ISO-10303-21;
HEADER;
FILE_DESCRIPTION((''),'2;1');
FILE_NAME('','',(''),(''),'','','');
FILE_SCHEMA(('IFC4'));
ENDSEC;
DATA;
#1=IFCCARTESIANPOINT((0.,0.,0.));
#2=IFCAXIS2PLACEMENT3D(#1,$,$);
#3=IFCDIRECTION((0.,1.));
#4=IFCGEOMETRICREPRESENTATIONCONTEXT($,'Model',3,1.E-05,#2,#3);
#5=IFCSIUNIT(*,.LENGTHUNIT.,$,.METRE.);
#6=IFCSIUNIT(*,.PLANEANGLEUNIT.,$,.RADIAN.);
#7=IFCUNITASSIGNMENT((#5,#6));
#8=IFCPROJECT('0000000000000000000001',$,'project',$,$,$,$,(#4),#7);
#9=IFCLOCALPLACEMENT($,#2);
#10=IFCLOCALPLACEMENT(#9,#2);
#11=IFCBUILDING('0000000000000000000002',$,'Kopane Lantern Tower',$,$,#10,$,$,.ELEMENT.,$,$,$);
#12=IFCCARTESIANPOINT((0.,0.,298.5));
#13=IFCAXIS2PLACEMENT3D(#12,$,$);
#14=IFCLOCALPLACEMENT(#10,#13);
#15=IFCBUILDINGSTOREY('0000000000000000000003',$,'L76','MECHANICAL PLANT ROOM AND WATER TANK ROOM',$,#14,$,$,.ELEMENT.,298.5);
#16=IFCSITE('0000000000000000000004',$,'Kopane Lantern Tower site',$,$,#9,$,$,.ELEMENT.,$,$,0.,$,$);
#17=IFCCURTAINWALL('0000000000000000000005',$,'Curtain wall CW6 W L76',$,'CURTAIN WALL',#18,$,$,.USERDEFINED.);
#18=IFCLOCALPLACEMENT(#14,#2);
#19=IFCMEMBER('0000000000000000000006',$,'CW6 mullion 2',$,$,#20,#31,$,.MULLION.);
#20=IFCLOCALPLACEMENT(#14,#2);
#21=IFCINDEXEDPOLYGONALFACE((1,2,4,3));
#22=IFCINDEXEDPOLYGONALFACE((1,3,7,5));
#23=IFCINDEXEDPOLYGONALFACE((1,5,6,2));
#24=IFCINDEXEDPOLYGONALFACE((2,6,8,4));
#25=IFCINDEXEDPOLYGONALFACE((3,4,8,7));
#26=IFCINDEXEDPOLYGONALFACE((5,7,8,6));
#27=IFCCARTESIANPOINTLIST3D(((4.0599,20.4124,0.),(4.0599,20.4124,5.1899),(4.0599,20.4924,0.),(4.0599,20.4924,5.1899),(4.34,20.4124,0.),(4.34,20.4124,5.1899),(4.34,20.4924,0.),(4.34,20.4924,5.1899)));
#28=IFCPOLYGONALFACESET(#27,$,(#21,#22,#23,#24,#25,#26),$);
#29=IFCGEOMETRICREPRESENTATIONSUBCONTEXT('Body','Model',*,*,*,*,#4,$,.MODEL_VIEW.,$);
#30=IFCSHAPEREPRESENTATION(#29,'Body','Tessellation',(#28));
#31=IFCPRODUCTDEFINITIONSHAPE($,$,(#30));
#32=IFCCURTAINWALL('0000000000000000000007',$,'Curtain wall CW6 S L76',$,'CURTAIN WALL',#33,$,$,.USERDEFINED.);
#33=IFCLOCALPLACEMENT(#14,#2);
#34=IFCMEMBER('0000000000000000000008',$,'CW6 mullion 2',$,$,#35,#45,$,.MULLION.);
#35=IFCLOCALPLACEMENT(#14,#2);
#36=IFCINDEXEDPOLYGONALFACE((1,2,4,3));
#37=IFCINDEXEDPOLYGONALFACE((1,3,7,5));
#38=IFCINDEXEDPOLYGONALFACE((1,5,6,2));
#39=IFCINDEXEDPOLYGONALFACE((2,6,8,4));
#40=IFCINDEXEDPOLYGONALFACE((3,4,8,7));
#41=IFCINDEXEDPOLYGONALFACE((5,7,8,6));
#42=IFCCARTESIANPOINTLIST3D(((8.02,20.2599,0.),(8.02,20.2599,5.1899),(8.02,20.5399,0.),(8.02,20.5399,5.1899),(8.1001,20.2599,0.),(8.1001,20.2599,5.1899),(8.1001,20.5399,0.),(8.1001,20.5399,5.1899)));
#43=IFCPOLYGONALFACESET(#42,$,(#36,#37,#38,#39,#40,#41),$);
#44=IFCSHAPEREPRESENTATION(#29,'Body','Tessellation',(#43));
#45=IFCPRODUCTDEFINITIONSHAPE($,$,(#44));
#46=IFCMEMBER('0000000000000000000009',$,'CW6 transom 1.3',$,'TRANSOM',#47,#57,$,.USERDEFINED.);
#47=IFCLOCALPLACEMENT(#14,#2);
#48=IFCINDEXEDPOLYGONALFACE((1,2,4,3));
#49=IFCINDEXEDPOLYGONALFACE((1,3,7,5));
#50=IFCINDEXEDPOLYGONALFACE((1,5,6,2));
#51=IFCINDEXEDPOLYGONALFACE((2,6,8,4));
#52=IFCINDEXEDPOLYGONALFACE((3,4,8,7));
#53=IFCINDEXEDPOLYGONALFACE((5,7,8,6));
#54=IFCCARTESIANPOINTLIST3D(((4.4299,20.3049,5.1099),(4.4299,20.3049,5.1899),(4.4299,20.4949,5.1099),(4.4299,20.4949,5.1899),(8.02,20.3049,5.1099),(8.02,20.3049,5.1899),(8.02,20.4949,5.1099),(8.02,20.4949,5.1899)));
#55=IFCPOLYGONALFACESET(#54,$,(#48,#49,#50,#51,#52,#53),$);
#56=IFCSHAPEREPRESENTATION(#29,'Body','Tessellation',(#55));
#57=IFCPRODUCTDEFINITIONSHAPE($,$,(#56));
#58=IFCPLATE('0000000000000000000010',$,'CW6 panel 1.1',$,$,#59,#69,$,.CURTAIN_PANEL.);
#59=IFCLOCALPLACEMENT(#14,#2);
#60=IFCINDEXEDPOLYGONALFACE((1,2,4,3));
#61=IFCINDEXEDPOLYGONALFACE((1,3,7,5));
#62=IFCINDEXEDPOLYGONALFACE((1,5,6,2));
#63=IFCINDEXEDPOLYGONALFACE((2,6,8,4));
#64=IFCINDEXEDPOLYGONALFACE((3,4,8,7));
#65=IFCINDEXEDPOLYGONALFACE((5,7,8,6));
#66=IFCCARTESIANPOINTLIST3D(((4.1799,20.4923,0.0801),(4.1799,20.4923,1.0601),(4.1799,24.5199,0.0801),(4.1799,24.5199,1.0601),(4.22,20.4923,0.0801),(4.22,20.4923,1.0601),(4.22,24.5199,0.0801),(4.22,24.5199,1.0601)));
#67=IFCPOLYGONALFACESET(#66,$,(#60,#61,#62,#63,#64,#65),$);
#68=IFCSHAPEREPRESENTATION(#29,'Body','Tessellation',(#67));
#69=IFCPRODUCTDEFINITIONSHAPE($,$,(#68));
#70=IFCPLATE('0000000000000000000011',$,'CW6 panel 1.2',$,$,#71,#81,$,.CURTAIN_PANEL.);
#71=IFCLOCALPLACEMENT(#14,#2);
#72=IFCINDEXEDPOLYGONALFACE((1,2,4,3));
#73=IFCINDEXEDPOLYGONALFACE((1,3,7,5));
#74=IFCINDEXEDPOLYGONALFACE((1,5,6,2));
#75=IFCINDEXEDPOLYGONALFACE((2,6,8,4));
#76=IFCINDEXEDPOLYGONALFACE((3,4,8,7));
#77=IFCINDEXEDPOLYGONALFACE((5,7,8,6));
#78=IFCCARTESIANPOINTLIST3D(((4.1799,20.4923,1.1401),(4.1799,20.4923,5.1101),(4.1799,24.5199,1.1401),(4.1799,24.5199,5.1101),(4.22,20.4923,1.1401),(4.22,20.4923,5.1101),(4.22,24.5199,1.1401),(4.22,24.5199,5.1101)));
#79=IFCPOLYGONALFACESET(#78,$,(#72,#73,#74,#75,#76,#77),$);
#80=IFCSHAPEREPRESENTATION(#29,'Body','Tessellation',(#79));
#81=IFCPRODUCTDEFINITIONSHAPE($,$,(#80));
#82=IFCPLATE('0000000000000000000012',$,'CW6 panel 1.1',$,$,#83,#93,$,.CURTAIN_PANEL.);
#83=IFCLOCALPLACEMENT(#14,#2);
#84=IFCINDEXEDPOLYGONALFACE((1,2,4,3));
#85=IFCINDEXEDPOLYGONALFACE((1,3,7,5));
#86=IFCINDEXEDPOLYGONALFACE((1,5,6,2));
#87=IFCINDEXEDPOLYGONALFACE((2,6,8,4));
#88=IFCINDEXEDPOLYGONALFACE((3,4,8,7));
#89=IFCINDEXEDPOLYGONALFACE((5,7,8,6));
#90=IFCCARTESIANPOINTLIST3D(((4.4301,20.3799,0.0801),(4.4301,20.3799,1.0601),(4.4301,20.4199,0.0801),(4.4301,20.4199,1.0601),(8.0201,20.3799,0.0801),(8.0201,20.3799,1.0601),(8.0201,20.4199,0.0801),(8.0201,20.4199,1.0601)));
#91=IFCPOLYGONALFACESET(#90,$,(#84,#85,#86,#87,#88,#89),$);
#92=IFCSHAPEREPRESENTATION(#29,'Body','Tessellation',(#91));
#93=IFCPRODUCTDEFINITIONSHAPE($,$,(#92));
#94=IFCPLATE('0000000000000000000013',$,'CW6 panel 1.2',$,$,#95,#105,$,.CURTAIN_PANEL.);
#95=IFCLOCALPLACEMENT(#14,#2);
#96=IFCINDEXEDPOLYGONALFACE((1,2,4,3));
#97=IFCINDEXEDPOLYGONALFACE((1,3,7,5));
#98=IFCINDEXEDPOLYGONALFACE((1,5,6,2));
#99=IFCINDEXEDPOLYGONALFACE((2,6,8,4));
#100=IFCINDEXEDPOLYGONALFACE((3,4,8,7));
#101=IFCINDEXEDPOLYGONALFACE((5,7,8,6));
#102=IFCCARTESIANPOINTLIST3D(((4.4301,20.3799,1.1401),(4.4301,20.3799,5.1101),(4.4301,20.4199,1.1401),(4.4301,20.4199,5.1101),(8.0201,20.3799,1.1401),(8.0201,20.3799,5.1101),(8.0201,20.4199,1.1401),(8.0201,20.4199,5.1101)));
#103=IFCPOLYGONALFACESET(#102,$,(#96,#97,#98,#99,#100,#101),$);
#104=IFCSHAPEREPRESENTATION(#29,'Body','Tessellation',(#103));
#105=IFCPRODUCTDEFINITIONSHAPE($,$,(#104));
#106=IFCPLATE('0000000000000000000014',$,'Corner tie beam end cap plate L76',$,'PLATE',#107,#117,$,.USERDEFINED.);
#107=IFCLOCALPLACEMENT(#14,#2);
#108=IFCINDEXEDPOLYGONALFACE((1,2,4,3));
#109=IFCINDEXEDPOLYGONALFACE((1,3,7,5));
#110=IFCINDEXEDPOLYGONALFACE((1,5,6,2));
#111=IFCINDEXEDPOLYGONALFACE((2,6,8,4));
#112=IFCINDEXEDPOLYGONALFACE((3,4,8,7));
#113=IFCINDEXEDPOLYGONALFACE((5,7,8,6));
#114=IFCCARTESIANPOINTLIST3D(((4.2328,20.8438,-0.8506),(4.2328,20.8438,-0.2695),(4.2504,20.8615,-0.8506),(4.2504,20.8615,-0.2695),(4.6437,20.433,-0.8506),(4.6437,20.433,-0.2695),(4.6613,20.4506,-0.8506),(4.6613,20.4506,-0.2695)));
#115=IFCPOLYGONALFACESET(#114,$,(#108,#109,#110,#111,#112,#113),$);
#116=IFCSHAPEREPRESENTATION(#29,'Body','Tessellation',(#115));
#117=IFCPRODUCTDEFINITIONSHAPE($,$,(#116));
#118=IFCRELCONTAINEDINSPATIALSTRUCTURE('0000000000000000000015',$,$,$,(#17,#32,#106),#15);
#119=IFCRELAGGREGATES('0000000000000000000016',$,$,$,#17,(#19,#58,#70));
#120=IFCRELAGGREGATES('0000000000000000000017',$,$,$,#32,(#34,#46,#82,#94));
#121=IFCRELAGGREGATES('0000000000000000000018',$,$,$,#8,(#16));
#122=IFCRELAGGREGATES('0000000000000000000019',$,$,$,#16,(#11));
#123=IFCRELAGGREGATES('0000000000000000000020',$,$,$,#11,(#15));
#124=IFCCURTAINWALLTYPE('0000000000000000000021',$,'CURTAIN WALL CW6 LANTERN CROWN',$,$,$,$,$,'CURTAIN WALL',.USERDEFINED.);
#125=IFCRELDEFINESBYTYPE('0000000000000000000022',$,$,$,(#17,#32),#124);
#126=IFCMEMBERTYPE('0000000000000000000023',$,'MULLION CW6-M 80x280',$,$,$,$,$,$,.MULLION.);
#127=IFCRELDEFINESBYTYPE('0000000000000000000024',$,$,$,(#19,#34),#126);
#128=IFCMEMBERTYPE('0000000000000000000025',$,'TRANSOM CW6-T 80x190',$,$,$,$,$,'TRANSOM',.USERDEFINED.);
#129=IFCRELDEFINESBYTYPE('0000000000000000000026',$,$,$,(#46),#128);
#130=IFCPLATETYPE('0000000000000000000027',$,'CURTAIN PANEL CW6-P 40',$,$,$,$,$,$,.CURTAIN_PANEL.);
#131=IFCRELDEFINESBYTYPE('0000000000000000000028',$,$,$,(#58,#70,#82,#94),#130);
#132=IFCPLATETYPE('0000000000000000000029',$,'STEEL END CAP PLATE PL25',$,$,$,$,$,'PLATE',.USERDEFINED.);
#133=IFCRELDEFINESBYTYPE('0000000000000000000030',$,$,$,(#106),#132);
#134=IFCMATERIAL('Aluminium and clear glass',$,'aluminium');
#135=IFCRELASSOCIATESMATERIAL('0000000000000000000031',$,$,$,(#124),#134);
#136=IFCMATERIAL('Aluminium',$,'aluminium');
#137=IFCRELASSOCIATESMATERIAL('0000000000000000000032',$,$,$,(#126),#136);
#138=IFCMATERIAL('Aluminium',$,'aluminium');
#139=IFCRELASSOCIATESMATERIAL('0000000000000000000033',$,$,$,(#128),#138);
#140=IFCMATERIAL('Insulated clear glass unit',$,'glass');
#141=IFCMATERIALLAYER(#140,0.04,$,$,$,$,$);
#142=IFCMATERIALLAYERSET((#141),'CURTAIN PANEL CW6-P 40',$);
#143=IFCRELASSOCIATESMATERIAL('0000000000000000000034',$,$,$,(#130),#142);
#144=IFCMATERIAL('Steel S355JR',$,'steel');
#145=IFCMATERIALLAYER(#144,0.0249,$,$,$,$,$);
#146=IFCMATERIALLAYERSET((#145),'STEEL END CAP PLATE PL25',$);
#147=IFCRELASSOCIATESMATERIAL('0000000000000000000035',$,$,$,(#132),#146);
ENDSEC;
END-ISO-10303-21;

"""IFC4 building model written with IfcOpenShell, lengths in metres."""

from ifc_helpers import new_model, si_unit, direction, frame, origin, origin_2d, place, context, subcontext, project, spatial, rectangle, extrude, material, layer, layer_set, material_profile, profile_set, type_object, element, aggregate, save


model = new_model("IFC4")

# Units and contexts
model_context = context("Model", 3, precision=1e-05, world=origin(), true_north=direction((0.0, 1.0)))
body_context = subcontext(model_context, "Body", "Model", "MODEL_VIEW")
ifc_project = project(units=[si_unit("LENGTHUNIT", "METRE"), si_unit("PLANEANGLEUNIT", "RADIAN")], contexts=[model_context])

# Site, building, storey
site_placement = place(None, origin())
site = spatial("IfcSite", under=ifc_project, at=site_placement, Name="Kopane Lantern Tower site", CompositionType="ELEMENT", RefElevation=0.0)
building_placement = place(site_placement, origin())
building = spatial("IfcBuilding", under=site, at=building_placement, Name="Kopane Lantern Tower", CompositionType="ELEMENT")
storey_placement = place(building_placement, frame((0.0, 0.0, 298.5)))
storey = spatial("IfcBuildingStorey", under=building, at=storey_placement, Name="L76", Description="MECHANICAL PLANT ROOM AND WATER TANK ROOM", CompositionType="ELEMENT", Elevation=298.5)

# Curtain wall, member
ifc_material_1 = material(Name="Aluminium and clear glass", Category="aluminium")
curtain_wall_type = type_object("IfcCurtainWallType", Name="CURTAIN WALL CW6 LANTERN CROWN", ElementType="CURTAIN WALL", PredefinedType="USERDEFINED", material=ifc_material_1)
curtain_wall_1_placement = place(storey_placement, origin())
curtain_wall_1 = element("IfcCurtainWall", 1, at=curtain_wall_1_placement, inside=storey, type_object=curtain_wall_type, Name="Curtain wall CW6 W L76", ObjectType="CURTAIN WALL", PredefinedType="USERDEFINED")
ifc_material_2 = material(Name="Aluminium", Category="aluminium")
ifc_material_profile_1 = material_profile(ifc_material_2, rectangle(XDim=0.0801, YDim=0.28, at=origin_2d()), Name="AL 80x280")
ifc_profile_set_1 = profile_set([ifc_material_profile_1], Name="Aluminium")
member_type_1 = type_object("IfcMemberType", Name="MULLION CW6-M 80x280", PredefinedType="MULLION", material=ifc_profile_set_1)
member_1_placement = place(storey_placement, frame((4.2, 20.4524, 0.0), z_axis=(0.0, 0.0, 1.0), x_axis=(0.0, -1.0, 0.0)))
member_1 = element("IfcMember", 2, at=member_1_placement, type_object=member_type_1, Name="CW6 mullion 2", PredefinedType="MULLION", context=body_context, shape_type="SweptSolid", body=[
    extrude(rectangle(XDim=0.0801, YDim=0.28, at=origin_2d()), origin(), (0.0, 0.0, 1.0), 5.1899),
])

# Curtain wall, members
curtain_wall_2_placement = place(storey_placement, origin())
curtain_wall_2 = element("IfcCurtainWall", 3, at=curtain_wall_2_placement, inside=storey, type_object=curtain_wall_type, Name="Curtain wall CW6 S L76", ObjectType="CURTAIN WALL", PredefinedType="USERDEFINED")
member_2_placement = place(storey_placement, frame((8.0601, 20.3999, 0.0), z_axis=(0.0, 0.0, 1.0), x_axis=(1.0, 0.0, 0.0)))
member_2 = element("IfcMember", 4, at=member_2_placement, type_object=member_type_1, Name="CW6 mullion 2", PredefinedType="MULLION", context=body_context, shape_type="SweptSolid", body=[
    extrude(rectangle(XDim=0.0801, YDim=0.28, at=origin_2d()), origin(), (0.0, 0.0, 1.0), 5.1899),
])
ifc_material_3 = material(Name="Aluminium", Category="aluminium")
ifc_material_profile_2 = material_profile(ifc_material_3, rectangle(XDim=0.1899, YDim=0.0801, at=origin_2d()), Name="AL 190x80")
ifc_profile_set_2 = profile_set([ifc_material_profile_2], Name="Aluminium")
member_type_2 = type_object("IfcMemberType", Name="TRANSOM CW6-T 80x190", ElementType="TRANSOM", PredefinedType="USERDEFINED", material=ifc_profile_set_2)
member_3_placement = place(storey_placement, frame((4.4299, 20.3999, 5.1499), z_axis=(1.0, 0.0, 0.0), x_axis=(0.0, 1.0, 0.0)))
member_3 = element("IfcMember", 5, at=member_3_placement, type_object=member_type_2, Name="CW6 transom 1.3", ObjectType="TRANSOM", PredefinedType="USERDEFINED", context=body_context, shape_type="SweptSolid", body=[
    extrude(rectangle(XDim=0.1899, YDim=0.0801, at=origin_2d()), origin(), (0.0, 0.0, 1.0), 3.5901),
])

# Plates
ifc_material_4 = material(Name="Insulated clear glass unit", Category="glass")
ifc_layer_1 = layer(ifc_material_4, 0.04)
ifc_layer_set_1 = layer_set([ifc_layer_1], Name="CURTAIN PANEL CW6-P 40")
plate_type_1 = type_object("IfcPlateType", Name="CURTAIN PANEL CW6-P 40", PredefinedType="CURTAIN_PANEL", material=ifc_layer_set_1)
plate_1_placement = place(storey_placement, frame((4.2, 22.5061, 0.0801), z_axis=(0.0, 0.0, 1.0), x_axis=(0.0, -1.0, 0.0)))
plate_1 = element("IfcPlate", 6, at=plate_1_placement, type_object=plate_type_1, Name="CW6 panel 1.1", PredefinedType="CURTAIN_PANEL", context=body_context, shape_type="SweptSolid", body=[
    extrude(rectangle(XDim=4.0276, YDim=0.04, at=origin_2d()), origin(), (0.0, 0.0, 1.0), 0.98),
])
plate_2_placement = place(storey_placement, frame((4.2, 22.5061, 1.1401), z_axis=(0.0, 0.0, 1.0), x_axis=(0.0, -1.0, 0.0)))
plate_2 = element("IfcPlate", 7, at=plate_2_placement, type_object=plate_type_1, Name="CW6 panel 1.2", PredefinedType="CURTAIN_PANEL", context=body_context, shape_type="SweptSolid", body=[
    extrude(rectangle(XDim=4.0276, YDim=0.04, at=origin_2d()), origin(), (0.0, 0.0, 1.0), 3.97),
])
aggregate(curtain_wall_1, [member_1, plate_1, plate_2])
plate_3_placement = place(storey_placement, frame((6.2251, 20.3999, 0.0801), z_axis=(0.0, 0.0, 1.0), x_axis=(1.0, 0.0, 0.0)))
plate_3 = element("IfcPlate", 8, at=plate_3_placement, type_object=plate_type_1, Name="CW6 panel 1.1", PredefinedType="CURTAIN_PANEL", context=body_context, shape_type="SweptSolid", body=[
    extrude(rectangle(XDim=3.5901, YDim=0.04, at=origin_2d()), origin(), (0.0, 0.0, 1.0), 0.98),
])
plate_4_placement = place(storey_placement, frame((6.2251, 20.3999, 1.1401), z_axis=(0.0, 0.0, 1.0), x_axis=(1.0, 0.0, 0.0)))
plate_4 = element("IfcPlate", 9, at=plate_4_placement, type_object=plate_type_1, Name="CW6 panel 1.2", PredefinedType="CURTAIN_PANEL", context=body_context, shape_type="SweptSolid", body=[
    extrude(rectangle(XDim=3.5901, YDim=0.04, at=origin_2d()), origin(), (0.0, 0.0, 1.0), 3.97),
])
aggregate(curtain_wall_2, [member_2, member_3, plate_3, plate_4])
ifc_material_5 = material(Name="Steel S355JR", Category="steel")
ifc_layer_2 = layer(ifc_material_5, 0.0249)
ifc_layer_set_2 = layer_set([ifc_layer_2], Name="STEEL END CAP PLATE PL25")
plate_type_2 = type_object("IfcPlateType", Name="STEEL END CAP PLATE PL25", ElementType="PLATE", PredefinedType="USERDEFINED", material=ifc_layer_set_2)
plate_5_placement = place(storey_placement, frame((4.447, 20.6472, -0.8506), z_axis=(0.0, 0.0, 1.0), x_axis=(-0.707107, -0.707107, 0.0)))
element("IfcPlate", 10, at=plate_5_placement, inside=storey, type_object=plate_type_2, Name="Corner tie beam end cap plate L76", ObjectType="PLATE", PredefinedType="USERDEFINED", context=body_context, shape_type="SweptSolid", body=[
    extrude(rectangle(XDim=0.0249, YDim=0.5811, at=origin_2d()), origin(), (0.0, 0.0, 1.0), 0.5811),
])

save(model, "model.ifc")
